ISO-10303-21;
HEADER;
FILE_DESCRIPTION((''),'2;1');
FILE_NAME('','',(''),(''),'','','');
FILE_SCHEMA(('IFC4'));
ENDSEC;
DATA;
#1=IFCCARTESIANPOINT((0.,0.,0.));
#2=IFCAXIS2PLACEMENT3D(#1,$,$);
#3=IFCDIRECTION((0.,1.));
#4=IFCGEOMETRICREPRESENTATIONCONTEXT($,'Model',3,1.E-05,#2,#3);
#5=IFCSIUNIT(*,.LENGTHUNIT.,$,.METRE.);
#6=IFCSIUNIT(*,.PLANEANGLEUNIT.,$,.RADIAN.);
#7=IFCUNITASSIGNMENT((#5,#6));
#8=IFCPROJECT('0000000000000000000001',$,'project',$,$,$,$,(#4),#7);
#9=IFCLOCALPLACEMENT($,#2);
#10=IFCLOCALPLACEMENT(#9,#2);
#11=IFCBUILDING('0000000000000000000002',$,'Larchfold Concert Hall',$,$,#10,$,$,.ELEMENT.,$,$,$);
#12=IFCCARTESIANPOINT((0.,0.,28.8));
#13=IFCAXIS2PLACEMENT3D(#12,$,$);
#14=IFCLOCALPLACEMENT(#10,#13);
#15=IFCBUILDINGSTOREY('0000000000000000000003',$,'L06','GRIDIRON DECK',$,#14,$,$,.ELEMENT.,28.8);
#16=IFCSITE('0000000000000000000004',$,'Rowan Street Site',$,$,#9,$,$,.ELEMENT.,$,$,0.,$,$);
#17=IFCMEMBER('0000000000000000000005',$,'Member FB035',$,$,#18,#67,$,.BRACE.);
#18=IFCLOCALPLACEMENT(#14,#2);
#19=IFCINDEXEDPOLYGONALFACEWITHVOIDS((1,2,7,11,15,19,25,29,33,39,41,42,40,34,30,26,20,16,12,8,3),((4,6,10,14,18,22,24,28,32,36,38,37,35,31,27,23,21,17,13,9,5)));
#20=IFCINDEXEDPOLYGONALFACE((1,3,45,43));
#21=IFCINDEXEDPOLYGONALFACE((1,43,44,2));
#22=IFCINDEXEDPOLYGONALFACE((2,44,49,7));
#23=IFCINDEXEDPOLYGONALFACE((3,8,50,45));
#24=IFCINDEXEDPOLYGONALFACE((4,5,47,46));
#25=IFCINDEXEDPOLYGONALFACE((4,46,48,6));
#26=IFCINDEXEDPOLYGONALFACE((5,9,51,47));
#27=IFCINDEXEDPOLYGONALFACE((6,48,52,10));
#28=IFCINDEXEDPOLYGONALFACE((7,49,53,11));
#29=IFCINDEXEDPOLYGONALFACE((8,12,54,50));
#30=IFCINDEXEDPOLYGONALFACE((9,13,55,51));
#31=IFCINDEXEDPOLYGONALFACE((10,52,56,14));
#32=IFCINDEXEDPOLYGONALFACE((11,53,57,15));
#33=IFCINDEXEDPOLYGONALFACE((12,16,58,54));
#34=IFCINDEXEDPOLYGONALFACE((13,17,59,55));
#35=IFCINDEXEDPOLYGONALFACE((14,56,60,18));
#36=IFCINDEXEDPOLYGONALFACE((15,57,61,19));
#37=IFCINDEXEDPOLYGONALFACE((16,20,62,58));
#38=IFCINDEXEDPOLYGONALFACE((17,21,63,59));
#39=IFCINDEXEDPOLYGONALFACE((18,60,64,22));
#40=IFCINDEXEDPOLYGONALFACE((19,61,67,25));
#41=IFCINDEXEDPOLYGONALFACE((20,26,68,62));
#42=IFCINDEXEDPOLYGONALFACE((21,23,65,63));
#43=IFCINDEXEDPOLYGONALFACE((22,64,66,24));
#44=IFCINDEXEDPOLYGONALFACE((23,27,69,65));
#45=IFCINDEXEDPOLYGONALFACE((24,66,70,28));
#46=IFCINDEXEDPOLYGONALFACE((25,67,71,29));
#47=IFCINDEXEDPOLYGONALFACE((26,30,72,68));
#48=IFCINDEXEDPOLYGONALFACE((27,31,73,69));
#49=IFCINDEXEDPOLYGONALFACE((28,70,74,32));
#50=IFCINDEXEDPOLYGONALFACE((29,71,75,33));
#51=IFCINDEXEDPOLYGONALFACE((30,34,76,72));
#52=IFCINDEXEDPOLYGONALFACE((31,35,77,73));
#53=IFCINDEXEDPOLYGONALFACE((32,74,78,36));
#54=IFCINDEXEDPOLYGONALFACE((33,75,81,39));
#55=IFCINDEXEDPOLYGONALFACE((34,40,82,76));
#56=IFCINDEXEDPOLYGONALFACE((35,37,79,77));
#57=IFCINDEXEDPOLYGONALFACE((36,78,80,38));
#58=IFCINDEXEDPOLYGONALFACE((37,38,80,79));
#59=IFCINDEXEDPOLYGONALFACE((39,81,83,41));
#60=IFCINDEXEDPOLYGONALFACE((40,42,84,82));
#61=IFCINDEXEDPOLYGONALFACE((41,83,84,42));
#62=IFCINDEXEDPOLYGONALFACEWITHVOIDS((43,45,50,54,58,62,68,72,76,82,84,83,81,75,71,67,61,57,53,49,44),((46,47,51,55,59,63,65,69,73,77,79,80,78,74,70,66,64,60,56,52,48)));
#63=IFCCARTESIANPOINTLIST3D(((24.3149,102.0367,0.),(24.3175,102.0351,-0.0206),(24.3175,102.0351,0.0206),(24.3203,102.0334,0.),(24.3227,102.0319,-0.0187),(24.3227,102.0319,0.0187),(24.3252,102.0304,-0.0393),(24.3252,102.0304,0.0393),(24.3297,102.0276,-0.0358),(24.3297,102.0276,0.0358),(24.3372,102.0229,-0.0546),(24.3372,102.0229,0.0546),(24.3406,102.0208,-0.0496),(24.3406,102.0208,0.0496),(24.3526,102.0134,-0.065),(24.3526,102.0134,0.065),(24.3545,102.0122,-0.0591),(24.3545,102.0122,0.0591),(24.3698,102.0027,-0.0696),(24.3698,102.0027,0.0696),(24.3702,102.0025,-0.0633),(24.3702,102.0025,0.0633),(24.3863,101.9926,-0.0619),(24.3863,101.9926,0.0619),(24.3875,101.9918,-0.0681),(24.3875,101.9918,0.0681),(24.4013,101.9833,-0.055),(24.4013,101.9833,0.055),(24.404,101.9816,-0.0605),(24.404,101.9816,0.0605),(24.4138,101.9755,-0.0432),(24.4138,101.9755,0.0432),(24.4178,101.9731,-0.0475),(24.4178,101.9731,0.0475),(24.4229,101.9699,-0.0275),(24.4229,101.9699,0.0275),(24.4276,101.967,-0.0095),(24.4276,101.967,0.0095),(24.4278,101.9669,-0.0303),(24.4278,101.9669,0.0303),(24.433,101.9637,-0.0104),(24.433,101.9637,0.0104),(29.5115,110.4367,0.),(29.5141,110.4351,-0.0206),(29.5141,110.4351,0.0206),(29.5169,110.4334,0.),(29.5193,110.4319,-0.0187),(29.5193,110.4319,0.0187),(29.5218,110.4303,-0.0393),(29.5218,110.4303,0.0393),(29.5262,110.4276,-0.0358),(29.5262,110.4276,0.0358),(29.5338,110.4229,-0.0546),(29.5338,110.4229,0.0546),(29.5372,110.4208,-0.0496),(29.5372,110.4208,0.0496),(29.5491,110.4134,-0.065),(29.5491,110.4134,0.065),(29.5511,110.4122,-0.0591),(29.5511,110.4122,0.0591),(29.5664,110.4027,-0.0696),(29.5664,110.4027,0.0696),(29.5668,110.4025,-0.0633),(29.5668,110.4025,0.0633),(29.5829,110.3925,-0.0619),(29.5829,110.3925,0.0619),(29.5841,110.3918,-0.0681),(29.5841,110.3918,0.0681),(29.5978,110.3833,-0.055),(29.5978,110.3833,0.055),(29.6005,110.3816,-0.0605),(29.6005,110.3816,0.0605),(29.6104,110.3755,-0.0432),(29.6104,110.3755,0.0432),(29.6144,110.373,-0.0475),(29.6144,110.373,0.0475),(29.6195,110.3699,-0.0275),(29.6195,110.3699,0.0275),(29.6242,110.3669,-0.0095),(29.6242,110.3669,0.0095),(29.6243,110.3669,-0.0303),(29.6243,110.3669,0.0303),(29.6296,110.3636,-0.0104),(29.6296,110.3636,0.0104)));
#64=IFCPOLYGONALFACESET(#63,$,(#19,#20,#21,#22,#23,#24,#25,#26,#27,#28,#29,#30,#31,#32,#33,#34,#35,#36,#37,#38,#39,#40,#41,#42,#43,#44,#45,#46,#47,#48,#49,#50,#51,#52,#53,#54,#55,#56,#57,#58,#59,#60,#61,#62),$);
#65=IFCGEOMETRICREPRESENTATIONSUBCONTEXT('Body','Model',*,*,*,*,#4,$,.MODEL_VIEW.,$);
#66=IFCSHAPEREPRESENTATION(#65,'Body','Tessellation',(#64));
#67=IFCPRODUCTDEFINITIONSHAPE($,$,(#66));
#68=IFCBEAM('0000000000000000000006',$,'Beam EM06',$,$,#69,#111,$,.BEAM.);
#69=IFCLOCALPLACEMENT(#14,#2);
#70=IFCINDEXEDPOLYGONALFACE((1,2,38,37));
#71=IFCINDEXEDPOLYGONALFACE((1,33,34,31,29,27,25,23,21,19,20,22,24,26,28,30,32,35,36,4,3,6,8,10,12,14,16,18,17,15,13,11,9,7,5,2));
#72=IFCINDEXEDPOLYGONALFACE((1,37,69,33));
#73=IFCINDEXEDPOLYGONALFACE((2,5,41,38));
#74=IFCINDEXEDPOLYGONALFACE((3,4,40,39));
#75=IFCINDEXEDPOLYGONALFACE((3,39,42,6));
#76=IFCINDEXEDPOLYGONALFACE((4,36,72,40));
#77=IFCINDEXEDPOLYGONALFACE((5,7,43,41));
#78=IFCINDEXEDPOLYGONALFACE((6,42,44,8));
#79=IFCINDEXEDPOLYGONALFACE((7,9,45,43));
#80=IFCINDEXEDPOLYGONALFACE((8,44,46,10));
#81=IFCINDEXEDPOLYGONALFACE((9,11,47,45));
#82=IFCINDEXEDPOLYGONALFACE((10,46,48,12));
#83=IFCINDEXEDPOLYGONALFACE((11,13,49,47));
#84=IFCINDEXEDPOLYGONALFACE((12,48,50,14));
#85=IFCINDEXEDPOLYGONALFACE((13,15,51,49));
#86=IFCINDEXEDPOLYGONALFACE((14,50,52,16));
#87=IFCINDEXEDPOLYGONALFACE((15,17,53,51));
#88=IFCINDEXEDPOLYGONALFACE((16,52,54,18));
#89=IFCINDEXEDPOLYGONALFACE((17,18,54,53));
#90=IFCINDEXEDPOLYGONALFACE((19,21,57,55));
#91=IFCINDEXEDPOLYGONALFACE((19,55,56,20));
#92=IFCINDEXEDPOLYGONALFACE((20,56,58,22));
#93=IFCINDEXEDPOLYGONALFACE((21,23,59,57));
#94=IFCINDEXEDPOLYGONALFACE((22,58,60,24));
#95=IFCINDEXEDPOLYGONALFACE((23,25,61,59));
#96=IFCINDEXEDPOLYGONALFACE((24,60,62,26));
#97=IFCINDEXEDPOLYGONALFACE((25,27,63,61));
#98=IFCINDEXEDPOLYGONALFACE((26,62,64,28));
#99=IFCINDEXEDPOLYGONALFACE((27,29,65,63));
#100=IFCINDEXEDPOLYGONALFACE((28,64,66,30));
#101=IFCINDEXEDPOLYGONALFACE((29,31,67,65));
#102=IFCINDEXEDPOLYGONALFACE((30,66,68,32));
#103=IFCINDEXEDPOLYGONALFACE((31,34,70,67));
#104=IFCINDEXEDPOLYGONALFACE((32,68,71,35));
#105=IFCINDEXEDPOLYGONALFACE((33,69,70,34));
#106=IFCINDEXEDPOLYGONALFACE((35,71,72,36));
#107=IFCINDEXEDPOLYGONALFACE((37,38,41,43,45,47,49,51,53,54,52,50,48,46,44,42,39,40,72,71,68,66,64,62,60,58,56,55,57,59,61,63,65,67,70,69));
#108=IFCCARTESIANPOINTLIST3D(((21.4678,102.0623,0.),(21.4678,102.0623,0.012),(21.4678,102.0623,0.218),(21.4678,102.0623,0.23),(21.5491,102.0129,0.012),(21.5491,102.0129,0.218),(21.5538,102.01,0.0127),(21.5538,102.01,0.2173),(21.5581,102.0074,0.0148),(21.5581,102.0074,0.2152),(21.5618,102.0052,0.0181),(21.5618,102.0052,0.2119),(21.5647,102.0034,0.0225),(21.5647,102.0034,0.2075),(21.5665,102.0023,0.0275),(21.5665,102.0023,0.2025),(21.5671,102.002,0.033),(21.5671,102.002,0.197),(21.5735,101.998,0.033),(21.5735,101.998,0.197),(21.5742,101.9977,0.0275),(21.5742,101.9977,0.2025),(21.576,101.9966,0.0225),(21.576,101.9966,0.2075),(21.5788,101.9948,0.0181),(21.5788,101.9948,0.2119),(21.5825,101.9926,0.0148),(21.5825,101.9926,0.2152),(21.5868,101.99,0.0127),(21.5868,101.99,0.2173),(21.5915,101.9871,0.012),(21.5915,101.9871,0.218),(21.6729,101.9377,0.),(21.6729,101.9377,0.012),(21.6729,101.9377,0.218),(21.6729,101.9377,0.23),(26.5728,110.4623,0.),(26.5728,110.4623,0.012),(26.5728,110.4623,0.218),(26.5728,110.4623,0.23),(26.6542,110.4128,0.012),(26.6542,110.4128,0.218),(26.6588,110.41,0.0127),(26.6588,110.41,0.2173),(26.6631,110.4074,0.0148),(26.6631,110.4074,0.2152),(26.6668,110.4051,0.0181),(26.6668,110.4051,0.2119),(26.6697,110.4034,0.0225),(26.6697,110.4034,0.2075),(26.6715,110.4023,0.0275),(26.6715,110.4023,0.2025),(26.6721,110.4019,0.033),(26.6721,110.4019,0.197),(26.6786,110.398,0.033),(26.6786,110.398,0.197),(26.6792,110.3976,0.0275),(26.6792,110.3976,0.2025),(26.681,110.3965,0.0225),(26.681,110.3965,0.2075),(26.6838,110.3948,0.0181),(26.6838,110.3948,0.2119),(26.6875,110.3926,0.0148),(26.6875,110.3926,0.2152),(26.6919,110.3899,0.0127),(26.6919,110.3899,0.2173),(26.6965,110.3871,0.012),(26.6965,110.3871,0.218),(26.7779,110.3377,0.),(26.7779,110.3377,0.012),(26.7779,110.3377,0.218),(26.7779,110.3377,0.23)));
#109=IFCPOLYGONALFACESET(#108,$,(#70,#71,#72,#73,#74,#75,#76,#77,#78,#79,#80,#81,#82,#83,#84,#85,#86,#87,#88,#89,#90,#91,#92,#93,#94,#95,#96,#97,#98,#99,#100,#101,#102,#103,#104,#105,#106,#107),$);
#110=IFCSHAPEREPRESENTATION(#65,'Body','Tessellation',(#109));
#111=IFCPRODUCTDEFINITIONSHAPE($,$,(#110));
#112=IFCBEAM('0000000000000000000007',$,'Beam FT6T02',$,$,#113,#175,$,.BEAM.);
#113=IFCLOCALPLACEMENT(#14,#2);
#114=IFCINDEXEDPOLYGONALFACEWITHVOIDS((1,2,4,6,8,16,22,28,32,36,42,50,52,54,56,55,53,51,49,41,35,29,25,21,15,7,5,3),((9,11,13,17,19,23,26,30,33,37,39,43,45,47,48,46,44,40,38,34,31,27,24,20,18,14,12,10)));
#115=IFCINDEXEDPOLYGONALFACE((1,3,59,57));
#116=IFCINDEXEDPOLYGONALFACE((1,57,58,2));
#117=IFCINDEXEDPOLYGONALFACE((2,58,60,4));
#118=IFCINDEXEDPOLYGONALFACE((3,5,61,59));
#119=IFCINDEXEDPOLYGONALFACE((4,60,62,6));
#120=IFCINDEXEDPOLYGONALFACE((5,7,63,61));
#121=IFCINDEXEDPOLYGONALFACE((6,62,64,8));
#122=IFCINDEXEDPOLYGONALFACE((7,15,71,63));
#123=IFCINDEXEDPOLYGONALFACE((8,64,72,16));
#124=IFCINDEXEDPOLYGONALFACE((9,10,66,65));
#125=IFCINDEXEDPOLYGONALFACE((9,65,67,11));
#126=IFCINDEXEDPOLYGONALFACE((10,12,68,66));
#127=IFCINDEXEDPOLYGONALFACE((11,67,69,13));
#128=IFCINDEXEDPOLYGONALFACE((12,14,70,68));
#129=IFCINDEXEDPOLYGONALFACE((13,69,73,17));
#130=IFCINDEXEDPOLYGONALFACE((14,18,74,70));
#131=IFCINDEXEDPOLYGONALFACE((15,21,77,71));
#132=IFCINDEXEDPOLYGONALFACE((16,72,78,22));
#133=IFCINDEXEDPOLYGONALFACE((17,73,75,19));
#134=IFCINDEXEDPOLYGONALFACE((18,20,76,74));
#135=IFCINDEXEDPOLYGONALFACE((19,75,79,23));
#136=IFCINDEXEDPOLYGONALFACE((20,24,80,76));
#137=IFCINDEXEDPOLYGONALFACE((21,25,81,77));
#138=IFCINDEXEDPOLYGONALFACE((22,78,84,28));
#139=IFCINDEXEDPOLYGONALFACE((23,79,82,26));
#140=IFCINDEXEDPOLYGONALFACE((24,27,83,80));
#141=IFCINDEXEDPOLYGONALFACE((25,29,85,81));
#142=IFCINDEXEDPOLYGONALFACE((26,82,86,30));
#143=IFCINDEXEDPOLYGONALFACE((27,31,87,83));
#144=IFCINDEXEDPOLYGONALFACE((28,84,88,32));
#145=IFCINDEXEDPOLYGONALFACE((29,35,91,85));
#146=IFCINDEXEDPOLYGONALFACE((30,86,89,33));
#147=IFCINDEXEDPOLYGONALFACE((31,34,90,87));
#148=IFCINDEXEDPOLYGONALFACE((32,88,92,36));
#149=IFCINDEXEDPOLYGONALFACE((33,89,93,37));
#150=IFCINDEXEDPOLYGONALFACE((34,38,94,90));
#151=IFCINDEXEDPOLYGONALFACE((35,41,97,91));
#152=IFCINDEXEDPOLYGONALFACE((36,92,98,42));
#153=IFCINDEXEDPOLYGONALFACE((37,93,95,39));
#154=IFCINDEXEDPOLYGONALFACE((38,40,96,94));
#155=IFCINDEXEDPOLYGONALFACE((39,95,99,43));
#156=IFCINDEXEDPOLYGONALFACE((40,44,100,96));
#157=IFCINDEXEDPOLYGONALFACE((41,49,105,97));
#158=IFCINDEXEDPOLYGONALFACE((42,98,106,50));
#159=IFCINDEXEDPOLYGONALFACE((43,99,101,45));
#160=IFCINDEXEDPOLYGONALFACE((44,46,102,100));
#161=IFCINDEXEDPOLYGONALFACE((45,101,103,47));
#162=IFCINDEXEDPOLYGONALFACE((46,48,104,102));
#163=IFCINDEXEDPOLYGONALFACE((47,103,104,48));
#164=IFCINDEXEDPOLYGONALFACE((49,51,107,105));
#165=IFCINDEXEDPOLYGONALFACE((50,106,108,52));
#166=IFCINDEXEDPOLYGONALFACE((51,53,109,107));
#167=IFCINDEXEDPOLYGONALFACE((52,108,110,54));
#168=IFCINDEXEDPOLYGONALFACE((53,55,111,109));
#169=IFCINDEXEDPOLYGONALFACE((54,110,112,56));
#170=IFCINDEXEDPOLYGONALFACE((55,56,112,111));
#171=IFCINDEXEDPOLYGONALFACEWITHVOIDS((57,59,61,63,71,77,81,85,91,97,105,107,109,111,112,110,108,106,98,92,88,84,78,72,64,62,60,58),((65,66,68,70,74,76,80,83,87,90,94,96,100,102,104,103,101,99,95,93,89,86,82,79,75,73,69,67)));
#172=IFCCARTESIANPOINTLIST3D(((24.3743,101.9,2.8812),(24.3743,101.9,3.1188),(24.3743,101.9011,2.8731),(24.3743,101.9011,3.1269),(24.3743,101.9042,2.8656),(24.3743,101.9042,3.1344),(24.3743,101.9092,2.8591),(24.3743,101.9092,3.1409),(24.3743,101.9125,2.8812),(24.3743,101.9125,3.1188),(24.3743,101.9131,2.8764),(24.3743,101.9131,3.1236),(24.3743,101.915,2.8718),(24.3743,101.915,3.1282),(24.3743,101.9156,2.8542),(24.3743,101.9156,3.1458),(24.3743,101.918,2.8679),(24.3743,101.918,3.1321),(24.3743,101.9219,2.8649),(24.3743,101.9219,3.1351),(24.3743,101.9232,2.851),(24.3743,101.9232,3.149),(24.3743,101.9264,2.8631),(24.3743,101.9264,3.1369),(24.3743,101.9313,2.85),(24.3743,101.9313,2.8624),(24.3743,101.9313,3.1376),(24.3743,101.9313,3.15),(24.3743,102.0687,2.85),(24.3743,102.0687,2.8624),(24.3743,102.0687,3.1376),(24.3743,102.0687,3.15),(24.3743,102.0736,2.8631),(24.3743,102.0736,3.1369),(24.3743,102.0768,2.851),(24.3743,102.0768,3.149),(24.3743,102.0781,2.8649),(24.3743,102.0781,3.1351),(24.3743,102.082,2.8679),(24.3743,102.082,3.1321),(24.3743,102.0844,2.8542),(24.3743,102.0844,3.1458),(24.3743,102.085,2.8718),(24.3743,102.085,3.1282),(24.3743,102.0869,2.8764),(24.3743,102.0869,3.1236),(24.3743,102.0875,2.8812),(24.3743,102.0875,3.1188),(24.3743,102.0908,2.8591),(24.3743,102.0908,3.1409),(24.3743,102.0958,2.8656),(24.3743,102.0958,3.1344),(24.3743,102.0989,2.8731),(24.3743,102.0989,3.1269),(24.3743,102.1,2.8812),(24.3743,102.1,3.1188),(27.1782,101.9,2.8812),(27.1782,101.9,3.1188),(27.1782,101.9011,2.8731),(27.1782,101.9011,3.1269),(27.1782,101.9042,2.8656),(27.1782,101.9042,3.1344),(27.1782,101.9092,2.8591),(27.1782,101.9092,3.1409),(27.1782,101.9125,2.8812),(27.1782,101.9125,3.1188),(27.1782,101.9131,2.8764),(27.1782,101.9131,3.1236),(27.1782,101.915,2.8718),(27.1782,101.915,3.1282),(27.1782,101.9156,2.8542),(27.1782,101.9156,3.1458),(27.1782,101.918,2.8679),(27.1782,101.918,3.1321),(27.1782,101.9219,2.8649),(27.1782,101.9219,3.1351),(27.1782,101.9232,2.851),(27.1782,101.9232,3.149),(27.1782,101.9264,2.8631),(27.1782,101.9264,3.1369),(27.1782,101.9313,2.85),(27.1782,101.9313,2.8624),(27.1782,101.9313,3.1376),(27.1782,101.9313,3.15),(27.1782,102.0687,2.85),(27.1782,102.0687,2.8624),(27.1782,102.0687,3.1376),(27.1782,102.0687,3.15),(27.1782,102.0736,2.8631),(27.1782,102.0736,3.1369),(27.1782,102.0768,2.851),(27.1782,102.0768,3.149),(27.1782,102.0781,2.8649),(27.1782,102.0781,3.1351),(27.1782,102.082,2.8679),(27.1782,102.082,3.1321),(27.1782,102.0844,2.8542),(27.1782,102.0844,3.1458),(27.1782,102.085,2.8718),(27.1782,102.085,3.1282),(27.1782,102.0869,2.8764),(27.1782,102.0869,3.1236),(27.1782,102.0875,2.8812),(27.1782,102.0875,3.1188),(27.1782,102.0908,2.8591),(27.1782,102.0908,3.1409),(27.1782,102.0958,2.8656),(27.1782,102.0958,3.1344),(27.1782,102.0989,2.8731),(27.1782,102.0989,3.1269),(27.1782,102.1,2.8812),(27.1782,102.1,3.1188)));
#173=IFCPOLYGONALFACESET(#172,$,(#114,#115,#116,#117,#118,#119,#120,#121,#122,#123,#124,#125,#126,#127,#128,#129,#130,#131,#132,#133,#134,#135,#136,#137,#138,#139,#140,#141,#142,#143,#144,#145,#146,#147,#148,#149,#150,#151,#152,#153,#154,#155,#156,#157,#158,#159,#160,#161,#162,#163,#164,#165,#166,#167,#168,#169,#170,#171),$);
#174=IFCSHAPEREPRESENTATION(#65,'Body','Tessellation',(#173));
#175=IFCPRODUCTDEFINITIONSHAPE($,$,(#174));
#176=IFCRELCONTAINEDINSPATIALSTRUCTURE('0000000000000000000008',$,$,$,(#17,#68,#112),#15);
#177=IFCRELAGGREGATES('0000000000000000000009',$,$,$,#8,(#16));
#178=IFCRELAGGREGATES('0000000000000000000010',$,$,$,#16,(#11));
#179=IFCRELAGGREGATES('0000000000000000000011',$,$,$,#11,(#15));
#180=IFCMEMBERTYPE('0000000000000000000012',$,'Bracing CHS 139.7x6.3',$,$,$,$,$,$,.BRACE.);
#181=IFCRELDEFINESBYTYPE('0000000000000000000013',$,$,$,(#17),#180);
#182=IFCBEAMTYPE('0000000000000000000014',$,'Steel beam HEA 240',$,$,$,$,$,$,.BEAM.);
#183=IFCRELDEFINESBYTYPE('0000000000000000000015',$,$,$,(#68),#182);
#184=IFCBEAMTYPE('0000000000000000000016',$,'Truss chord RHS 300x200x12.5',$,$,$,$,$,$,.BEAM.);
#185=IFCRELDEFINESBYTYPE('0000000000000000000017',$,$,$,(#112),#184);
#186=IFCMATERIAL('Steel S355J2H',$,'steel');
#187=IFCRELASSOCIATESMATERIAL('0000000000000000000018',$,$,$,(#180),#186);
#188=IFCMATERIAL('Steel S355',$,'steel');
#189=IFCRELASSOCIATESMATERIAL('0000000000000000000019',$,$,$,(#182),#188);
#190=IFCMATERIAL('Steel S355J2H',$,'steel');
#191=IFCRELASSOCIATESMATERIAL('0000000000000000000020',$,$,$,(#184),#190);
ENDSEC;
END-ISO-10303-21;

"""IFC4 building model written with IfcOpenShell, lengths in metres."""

from ifc_helpers import new_model, si_unit, direction, frame, origin, origin_2d, place, context, subcontext, project, spatial, hollow_rectangle, hollow_circle, i_section, extrude, material, material_profile, profile_set, type_object, element, save


model = new_model("IFC4")

# Units and contexts
model_context = context("Model", 3, precision=1e-05, world=origin(), true_north=direction((0.0, 1.0)))
body_context = subcontext(model_context, "Body", "Model", "MODEL_VIEW")
ifc_project = project(units=[si_unit("LENGTHUNIT", "METRE"), si_unit("PLANEANGLEUNIT", "RADIAN")], contexts=[model_context])

# Site, building, storey
site_placement = place(None, origin())
site = spatial("IfcSite", under=ifc_project, at=site_placement, Name="Rowan Street Site", CompositionType="ELEMENT", RefElevation=0.0)
building_placement = place(site_placement, origin())
building = spatial("IfcBuilding", under=site, at=building_placement, Name="Larchfold Concert Hall", CompositionType="ELEMENT")
storey_placement = place(building_placement, frame((0.0, 0.0, 28.8)))
storey = spatial("IfcBuildingStorey", under=building, at=storey_placement, Name="L06", Description="GRIDIRON DECK", CompositionType="ELEMENT", Elevation=28.8)

# Member
ifc_material_1 = material(Name="Steel S355J2H", Category="steel")
ifc_material_profile_1 = material_profile(ifc_material_1, hollow_circle(Radius=0.0698, WallThickness=0.0063, at=origin_2d()))
ifc_profile_set_1 = profile_set([ifc_material_profile_1], Name="Steel S355J2H")
member_type_1 = type_object("IfcMemberType", Name="Bracing CHS 139.7x6.3", PredefinedType="BRACE", material=ifc_profile_set_1)
member_1_placement = place(storey_placement, frame((24.3743, 102.0, 0.0), z_axis=(0.526105, 0.850419, 0.0), x_axis=(-0.850419, 0.526105, 0.0)))
element("IfcMember", 1, at=member_1_placement, inside=storey, type_object=member_type_1, Name="Member FB035", PredefinedType="BRACE", context=body_context, shape_type="SweptSolid", body=[
    extrude(hollow_circle(Radius=0.0698, WallThickness=0.0063, at=origin_2d()), origin(), (0.0, 0.0, 1.0), 9.8774),
])

# Beams
ifc_material_2 = material(Name="Steel S355", Category="steel")
ifc_material_profile_2 = material_profile(ifc_material_2, i_section(OverallWidth=0.24, OverallDepth=0.23, WebThickness=0.0076, FlangeThickness=0.012, FilletRadius=0.021, at=origin_2d()))
ifc_profile_set_2 = profile_set([ifc_material_profile_2], Name="Steel S355")
beam_type_1 = type_object("IfcBeamType", Name="Steel beam HEA 240", PredefinedType="BEAM", material=ifc_profile_set_2)
beam_1_placement = place(storey_placement, frame((21.5703, 102.0, 0.115), z_axis=(0.519353, 0.85456, 0.0), x_axis=(-0.85456, 0.519353, 0.0)))
element("IfcBeam", 2, at=beam_1_placement, inside=storey, type_object=beam_type_1, Name="Beam EM06", PredefinedType="BEAM", context=body_context, shape_type="SweptSolid", body=[
    extrude(i_section(OverallWidth=0.24, OverallDepth=0.23, WebThickness=0.0076, FlangeThickness=0.012, FilletRadius=0.021, at=origin_2d()), origin(), (0.0, 0.0, 1.0), 9.8296),
])
ifc_material_3 = material(Name="Steel S355J2H", Category="steel")
ifc_material_profile_3 = material_profile(ifc_material_3, hollow_rectangle(XDim=0.2, YDim=0.3, WallThickness=0.0125, InnerFilletRadius=0.0188, OuterFilletRadius=0.0312, at=origin_2d()))
ifc_profile_set_3 = profile_set([ifc_material_profile_3], Name="Steel S355J2H")
beam_type_2 = type_object("IfcBeamType", Name="Truss chord RHS 300x200x12.5", PredefinedType="BEAM", material=ifc_profile_set_3)
beam_2_placement = place(storey_placement, frame((24.3743, 102.0, 3.0), z_axis=(1.0, 0.0, 0.0), x_axis=(0.0, 1.0, 0.0)))
element("IfcBeam", 3, at=beam_2_placement, inside=storey, type_object=beam_type_2, Name="Beam FT6T02", PredefinedType="BEAM", context=body_context, shape_type="SweptSolid", body=[
    extrude(hollow_rectangle(XDim=0.2, YDim=0.3, WallThickness=0.0125, InnerFilletRadius=0.0188, OuterFilletRadius=0.0312, at=origin_2d()), origin(), (0.0, 0.0, 1.0), 2.804),
])

save(model, "model.ifc")
